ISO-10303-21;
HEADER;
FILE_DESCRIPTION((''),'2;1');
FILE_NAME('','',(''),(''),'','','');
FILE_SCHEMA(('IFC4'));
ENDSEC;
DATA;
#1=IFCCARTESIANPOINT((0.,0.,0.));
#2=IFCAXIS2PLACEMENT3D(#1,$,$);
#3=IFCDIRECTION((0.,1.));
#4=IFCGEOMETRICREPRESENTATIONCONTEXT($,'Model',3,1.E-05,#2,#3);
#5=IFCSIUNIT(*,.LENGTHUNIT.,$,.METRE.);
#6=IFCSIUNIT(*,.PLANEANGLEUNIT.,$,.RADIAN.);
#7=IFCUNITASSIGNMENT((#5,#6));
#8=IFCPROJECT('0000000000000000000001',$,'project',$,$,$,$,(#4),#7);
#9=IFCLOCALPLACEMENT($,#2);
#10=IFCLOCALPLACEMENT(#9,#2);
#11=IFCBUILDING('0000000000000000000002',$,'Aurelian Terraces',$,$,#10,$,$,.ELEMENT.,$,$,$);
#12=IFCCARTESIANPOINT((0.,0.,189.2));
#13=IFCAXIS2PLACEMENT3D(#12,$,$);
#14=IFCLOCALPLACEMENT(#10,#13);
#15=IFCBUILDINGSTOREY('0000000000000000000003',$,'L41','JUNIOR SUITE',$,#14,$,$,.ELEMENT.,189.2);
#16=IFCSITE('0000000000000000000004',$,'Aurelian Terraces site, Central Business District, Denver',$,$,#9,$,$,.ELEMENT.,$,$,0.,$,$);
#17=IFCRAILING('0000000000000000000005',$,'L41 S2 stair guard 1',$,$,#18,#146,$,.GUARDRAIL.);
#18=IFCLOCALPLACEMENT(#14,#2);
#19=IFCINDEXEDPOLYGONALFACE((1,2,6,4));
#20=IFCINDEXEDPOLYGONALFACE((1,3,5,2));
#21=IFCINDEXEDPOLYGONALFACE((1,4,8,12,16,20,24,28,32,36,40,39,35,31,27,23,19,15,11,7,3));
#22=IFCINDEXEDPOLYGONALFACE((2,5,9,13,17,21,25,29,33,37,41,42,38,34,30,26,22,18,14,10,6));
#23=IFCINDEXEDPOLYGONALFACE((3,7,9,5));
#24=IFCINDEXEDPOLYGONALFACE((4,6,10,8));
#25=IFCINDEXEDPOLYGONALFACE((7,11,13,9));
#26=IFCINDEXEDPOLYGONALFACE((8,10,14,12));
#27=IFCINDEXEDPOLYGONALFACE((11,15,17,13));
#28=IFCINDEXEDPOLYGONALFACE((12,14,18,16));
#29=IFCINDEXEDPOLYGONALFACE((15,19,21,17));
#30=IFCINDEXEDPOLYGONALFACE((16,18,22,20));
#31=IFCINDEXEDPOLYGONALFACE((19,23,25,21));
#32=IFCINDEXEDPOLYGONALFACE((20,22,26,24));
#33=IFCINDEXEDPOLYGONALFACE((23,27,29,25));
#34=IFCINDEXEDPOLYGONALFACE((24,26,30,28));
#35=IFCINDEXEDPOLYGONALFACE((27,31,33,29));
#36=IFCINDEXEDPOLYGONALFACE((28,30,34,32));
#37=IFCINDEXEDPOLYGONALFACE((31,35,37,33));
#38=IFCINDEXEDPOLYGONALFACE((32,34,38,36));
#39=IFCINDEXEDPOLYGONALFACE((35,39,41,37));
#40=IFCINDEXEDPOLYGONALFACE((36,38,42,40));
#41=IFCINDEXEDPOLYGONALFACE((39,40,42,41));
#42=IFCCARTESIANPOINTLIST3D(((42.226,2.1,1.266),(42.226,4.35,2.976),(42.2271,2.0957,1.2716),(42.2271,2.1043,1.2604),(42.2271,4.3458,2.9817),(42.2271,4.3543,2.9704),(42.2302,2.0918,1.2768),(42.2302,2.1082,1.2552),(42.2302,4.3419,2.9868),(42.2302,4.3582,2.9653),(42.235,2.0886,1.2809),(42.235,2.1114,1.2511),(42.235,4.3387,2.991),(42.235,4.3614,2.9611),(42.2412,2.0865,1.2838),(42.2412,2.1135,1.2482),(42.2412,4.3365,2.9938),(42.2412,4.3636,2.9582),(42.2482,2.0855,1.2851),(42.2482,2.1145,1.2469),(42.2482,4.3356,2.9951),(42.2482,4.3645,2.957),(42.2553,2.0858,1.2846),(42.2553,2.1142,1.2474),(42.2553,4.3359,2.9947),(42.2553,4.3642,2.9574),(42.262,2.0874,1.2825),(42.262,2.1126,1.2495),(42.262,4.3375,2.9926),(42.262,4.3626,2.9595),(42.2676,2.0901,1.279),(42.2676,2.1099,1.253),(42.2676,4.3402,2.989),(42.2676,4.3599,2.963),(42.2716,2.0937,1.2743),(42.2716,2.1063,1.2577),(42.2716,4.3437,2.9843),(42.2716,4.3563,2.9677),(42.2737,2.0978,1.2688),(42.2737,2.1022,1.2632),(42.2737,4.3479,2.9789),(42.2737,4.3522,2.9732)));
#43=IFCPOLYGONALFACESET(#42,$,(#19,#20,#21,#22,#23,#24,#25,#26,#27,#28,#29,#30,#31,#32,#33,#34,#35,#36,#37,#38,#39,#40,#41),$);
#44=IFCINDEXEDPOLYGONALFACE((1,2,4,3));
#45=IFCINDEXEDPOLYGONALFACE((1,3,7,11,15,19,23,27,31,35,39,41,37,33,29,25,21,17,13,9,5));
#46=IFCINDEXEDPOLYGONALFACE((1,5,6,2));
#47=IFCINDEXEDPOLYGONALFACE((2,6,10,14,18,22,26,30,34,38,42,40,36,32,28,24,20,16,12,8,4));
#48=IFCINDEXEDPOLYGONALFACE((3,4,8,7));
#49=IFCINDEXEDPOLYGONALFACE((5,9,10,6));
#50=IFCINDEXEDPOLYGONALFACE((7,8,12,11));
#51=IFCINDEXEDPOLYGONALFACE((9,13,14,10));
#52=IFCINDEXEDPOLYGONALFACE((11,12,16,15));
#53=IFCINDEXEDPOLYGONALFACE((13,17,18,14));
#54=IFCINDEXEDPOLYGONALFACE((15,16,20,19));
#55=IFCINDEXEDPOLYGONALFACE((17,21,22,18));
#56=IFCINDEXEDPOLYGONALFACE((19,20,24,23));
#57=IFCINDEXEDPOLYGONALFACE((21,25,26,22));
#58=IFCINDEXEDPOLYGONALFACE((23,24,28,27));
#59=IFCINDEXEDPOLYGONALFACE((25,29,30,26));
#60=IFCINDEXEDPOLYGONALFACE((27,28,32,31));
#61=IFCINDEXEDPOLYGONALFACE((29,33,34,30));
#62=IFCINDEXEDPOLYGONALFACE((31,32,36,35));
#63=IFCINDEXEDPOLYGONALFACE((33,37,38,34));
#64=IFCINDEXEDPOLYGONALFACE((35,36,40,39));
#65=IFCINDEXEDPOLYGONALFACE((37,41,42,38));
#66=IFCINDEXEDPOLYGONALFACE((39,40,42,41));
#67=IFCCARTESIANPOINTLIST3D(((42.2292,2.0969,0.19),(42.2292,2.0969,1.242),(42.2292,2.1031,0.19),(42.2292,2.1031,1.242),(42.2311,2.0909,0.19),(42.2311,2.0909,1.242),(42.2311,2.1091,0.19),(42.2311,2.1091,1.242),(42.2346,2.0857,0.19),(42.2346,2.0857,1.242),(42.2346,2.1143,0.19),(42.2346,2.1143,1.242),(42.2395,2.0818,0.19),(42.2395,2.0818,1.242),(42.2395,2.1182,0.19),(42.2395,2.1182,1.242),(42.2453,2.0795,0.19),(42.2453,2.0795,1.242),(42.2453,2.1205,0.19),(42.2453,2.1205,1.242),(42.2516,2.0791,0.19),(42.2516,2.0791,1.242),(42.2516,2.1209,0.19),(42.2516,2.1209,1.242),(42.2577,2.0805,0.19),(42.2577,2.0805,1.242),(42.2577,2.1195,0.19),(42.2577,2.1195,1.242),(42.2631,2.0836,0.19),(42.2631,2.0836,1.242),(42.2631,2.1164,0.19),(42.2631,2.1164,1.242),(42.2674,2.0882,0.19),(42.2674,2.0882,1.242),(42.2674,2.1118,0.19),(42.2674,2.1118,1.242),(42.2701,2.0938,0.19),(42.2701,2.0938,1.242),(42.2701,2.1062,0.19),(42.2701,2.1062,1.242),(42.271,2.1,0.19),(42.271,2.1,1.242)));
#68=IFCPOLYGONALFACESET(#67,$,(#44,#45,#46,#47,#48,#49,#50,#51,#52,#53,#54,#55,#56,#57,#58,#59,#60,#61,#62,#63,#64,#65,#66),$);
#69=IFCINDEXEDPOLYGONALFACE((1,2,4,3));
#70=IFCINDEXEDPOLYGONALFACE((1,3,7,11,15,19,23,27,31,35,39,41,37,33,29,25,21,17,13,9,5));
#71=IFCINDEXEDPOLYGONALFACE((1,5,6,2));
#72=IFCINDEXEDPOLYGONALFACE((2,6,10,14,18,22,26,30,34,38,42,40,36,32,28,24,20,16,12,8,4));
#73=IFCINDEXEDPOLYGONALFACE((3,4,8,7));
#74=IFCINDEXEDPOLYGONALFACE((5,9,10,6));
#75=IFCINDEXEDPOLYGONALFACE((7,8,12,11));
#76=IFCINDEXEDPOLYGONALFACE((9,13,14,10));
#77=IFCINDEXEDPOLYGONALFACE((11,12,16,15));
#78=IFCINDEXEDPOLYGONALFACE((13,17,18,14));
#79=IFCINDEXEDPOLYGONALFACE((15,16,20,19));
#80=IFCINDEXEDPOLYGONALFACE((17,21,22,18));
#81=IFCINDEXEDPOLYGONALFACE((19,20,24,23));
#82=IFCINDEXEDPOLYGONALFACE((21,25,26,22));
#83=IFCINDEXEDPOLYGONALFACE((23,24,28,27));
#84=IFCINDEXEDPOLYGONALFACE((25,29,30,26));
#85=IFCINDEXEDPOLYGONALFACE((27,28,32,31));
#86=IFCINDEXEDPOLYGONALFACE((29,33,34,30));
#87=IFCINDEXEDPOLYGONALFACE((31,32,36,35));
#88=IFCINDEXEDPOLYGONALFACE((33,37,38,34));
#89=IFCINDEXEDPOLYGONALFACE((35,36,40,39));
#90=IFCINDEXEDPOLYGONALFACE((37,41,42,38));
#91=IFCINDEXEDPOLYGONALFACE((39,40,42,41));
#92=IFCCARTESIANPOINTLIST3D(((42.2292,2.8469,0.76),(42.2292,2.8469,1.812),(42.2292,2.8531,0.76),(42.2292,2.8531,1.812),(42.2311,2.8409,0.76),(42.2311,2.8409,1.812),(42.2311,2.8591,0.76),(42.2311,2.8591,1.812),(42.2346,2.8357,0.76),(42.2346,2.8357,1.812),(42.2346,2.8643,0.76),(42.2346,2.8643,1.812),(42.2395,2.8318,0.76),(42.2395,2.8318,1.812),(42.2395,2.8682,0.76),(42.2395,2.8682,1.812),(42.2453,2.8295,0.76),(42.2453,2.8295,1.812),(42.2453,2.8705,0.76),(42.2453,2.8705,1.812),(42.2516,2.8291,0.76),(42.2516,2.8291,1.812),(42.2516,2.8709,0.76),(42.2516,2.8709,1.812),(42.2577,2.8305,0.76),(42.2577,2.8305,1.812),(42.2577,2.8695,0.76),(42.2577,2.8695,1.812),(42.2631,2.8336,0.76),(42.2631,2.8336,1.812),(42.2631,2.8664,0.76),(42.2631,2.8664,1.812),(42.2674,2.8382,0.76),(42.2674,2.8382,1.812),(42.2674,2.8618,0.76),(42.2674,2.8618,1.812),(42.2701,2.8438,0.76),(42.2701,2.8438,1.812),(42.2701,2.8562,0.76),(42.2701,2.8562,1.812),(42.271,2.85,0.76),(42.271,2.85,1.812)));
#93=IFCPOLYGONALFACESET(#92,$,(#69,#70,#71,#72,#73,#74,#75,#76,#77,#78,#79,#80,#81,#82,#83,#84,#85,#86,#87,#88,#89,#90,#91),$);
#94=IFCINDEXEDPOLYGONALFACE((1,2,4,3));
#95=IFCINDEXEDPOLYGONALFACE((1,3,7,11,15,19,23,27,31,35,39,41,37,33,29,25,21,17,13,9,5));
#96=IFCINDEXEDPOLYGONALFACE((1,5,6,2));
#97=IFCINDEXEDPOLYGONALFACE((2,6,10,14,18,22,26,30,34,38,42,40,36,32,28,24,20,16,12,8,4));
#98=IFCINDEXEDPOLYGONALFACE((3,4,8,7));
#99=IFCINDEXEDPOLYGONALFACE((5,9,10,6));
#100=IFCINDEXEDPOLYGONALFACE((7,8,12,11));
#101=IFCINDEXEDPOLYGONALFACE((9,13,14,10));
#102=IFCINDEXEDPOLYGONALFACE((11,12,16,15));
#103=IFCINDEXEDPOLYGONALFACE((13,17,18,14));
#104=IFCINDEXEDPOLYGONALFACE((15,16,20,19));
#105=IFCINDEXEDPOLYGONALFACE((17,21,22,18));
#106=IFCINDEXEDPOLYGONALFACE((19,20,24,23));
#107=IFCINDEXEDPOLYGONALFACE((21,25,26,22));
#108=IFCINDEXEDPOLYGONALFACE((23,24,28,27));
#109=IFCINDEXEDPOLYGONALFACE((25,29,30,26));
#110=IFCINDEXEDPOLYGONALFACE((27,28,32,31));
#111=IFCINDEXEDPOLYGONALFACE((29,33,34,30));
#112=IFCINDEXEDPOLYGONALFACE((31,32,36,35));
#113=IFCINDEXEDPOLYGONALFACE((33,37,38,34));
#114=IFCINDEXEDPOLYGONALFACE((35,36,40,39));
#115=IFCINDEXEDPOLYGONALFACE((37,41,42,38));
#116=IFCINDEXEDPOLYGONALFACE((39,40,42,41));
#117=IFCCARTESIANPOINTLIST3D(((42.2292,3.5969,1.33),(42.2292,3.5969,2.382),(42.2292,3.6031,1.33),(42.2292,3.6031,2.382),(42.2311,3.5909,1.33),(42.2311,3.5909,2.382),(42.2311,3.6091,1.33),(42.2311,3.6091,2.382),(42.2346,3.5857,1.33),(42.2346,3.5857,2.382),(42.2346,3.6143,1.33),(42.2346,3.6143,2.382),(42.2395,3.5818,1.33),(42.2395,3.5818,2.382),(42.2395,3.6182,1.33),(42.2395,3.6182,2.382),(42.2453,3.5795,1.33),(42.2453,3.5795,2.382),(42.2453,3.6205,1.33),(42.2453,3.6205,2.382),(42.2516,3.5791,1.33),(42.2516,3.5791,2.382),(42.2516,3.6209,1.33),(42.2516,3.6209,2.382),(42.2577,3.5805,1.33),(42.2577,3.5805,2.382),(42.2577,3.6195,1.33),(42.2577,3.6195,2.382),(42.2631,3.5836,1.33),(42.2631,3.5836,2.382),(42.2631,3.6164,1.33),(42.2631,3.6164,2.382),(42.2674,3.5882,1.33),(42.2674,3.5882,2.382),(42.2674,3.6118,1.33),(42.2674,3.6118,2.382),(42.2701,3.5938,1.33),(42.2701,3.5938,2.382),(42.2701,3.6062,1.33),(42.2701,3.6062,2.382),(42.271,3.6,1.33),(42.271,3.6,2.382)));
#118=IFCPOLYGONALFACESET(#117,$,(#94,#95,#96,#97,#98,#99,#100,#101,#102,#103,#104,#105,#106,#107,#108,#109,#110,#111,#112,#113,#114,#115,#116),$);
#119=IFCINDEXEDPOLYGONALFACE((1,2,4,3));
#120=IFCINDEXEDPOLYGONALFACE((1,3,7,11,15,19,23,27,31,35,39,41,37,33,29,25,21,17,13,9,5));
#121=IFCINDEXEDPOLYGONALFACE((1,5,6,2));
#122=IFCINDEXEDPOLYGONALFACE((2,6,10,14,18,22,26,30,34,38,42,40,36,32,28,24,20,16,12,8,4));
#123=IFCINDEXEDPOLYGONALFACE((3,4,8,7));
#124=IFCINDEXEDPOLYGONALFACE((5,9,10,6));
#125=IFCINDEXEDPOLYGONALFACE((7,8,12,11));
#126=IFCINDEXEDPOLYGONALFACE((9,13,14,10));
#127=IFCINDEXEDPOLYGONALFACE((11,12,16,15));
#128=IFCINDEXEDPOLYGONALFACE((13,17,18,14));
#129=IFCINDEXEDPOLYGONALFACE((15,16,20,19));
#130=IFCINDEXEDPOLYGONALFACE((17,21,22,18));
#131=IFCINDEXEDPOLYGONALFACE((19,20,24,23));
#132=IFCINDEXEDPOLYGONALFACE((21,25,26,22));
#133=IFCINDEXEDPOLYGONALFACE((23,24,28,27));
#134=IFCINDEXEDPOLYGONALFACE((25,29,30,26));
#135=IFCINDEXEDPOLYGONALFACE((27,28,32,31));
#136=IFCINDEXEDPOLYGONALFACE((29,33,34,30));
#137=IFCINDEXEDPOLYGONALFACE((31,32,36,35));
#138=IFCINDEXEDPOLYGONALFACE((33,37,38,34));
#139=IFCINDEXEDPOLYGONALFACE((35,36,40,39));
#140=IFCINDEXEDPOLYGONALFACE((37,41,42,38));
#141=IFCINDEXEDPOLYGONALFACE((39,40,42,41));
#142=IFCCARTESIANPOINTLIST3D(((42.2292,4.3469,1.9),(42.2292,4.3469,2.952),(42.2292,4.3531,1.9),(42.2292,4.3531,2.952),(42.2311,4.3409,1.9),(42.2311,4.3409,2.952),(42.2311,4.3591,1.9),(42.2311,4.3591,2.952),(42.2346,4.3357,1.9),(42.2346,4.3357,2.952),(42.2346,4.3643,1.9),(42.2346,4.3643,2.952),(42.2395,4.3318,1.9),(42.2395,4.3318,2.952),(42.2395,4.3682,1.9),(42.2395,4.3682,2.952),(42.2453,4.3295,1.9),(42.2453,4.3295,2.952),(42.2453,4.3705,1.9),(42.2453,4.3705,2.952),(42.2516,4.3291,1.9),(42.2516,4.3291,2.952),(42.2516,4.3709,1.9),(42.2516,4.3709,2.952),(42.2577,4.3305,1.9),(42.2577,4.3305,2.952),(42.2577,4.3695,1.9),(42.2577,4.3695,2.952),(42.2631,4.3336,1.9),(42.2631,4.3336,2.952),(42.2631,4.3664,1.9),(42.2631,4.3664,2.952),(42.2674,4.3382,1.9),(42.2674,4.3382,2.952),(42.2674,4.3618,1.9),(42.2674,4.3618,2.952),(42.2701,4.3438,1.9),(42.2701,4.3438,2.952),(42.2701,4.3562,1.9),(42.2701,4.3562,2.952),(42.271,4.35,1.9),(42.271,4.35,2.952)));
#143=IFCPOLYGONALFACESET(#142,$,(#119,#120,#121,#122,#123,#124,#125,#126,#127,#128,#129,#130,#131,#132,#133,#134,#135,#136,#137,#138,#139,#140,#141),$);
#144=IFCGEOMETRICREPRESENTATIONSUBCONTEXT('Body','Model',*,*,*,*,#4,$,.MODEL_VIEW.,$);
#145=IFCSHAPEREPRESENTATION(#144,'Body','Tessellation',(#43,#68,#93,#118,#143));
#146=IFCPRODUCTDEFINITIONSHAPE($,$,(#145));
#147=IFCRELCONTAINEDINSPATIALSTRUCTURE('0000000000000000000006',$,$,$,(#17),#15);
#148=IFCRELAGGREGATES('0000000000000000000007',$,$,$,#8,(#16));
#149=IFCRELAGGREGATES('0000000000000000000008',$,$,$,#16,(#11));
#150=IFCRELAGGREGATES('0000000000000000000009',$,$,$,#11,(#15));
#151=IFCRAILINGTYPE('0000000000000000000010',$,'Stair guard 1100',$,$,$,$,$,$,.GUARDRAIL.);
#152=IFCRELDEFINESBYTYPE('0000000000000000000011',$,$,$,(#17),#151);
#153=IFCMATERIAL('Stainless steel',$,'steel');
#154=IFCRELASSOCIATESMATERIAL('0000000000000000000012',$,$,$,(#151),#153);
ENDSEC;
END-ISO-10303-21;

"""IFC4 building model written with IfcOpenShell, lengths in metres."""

from ifc_helpers import new_model, si_unit, direction, frame, origin, origin_2d, place, context, subcontext, project, spatial, circle, extrude, source, transform, mapped, material, type_object, element, save


model = new_model("IFC4")

# Units and contexts
model_context = context("Model", 3, precision=1e-05, world=origin(), true_north=direction((0.0, 1.0)))
body_context = subcontext(model_context, "Body", "Model", "MODEL_VIEW")
ifc_project = project(units=[si_unit("LENGTHUNIT", "METRE"), si_unit("PLANEANGLEUNIT", "RADIAN")], contexts=[model_context])

# Site, building, storey
site_placement = place(None, origin())
site = spatial("IfcSite", under=ifc_project, at=site_placement, Name="Aurelian Terraces site, Central Business District, Denver", CompositionType="ELEMENT", RefElevation=0.0)
building_placement = place(site_placement, origin())
building = spatial("IfcBuilding", under=site, at=building_placement, Name="Aurelian Terraces", CompositionType="ELEMENT")
storey_placement = place(building_placement, frame((0.0, 0.0, 189.2)))
storey = spatial("IfcBuildingStorey", under=building, at=storey_placement, Name="L41", Description="JUNIOR SUITE", CompositionType="ELEMENT", Elevation=189.2)

# Railing
ifc_material_1 = material(Name="Stainless steel", Category="steel")
railing_type_1 = type_object("IfcRailingType", Name="Stair guard 1100", PredefinedType="GUARDRAIL", material=ifc_material_1)
shared_shape_1 = source(origin(), body_context, "Body", "SweptSolid", [
    extrude(circle(Radius=0.024, at=origin_2d()), frame((0.0, 0.0, 1.076), z_axis=(0.0, 0.796162, 0.605083), x_axis=(-1.0, 0.0, 0.0)), (0.0, 0.0, 1.0), 2.8261),
    extrude(circle(Radius=0.021, at=origin_2d()), origin(), (0.0, 0.0, 1.0), 1.052),
    extrude(circle(Radius=0.021, at=origin_2d()), frame((0.0, 0.75, 0.57)), (0.0, 0.0, 1.0), 1.052),
    extrude(circle(Radius=0.021, at=origin_2d()), frame((0.0, 1.5, 1.14)), (0.0, 0.0, 1.0), 1.052),
    extrude(circle(Radius=0.021, at=origin_2d()), frame((0.0, 2.25, 1.71)), (0.0, 0.0, 1.0), 1.052),
])
railing_1_placement = place(storey_placement, frame((42.25, 2.1, 0.19)))
element("IfcRailing", 1, at=railing_1_placement, inside=storey, type_object=railing_type_1, Name="L41 S2 stair guard 1", PredefinedType="GUARDRAIL", context=body_context, shape_type="MappedRepresentation", body=[
    mapped(shared_shape_1, transform((0.0, 0.0, 0.0), scale=1.0)),
])

save(model, "model.ifc")
